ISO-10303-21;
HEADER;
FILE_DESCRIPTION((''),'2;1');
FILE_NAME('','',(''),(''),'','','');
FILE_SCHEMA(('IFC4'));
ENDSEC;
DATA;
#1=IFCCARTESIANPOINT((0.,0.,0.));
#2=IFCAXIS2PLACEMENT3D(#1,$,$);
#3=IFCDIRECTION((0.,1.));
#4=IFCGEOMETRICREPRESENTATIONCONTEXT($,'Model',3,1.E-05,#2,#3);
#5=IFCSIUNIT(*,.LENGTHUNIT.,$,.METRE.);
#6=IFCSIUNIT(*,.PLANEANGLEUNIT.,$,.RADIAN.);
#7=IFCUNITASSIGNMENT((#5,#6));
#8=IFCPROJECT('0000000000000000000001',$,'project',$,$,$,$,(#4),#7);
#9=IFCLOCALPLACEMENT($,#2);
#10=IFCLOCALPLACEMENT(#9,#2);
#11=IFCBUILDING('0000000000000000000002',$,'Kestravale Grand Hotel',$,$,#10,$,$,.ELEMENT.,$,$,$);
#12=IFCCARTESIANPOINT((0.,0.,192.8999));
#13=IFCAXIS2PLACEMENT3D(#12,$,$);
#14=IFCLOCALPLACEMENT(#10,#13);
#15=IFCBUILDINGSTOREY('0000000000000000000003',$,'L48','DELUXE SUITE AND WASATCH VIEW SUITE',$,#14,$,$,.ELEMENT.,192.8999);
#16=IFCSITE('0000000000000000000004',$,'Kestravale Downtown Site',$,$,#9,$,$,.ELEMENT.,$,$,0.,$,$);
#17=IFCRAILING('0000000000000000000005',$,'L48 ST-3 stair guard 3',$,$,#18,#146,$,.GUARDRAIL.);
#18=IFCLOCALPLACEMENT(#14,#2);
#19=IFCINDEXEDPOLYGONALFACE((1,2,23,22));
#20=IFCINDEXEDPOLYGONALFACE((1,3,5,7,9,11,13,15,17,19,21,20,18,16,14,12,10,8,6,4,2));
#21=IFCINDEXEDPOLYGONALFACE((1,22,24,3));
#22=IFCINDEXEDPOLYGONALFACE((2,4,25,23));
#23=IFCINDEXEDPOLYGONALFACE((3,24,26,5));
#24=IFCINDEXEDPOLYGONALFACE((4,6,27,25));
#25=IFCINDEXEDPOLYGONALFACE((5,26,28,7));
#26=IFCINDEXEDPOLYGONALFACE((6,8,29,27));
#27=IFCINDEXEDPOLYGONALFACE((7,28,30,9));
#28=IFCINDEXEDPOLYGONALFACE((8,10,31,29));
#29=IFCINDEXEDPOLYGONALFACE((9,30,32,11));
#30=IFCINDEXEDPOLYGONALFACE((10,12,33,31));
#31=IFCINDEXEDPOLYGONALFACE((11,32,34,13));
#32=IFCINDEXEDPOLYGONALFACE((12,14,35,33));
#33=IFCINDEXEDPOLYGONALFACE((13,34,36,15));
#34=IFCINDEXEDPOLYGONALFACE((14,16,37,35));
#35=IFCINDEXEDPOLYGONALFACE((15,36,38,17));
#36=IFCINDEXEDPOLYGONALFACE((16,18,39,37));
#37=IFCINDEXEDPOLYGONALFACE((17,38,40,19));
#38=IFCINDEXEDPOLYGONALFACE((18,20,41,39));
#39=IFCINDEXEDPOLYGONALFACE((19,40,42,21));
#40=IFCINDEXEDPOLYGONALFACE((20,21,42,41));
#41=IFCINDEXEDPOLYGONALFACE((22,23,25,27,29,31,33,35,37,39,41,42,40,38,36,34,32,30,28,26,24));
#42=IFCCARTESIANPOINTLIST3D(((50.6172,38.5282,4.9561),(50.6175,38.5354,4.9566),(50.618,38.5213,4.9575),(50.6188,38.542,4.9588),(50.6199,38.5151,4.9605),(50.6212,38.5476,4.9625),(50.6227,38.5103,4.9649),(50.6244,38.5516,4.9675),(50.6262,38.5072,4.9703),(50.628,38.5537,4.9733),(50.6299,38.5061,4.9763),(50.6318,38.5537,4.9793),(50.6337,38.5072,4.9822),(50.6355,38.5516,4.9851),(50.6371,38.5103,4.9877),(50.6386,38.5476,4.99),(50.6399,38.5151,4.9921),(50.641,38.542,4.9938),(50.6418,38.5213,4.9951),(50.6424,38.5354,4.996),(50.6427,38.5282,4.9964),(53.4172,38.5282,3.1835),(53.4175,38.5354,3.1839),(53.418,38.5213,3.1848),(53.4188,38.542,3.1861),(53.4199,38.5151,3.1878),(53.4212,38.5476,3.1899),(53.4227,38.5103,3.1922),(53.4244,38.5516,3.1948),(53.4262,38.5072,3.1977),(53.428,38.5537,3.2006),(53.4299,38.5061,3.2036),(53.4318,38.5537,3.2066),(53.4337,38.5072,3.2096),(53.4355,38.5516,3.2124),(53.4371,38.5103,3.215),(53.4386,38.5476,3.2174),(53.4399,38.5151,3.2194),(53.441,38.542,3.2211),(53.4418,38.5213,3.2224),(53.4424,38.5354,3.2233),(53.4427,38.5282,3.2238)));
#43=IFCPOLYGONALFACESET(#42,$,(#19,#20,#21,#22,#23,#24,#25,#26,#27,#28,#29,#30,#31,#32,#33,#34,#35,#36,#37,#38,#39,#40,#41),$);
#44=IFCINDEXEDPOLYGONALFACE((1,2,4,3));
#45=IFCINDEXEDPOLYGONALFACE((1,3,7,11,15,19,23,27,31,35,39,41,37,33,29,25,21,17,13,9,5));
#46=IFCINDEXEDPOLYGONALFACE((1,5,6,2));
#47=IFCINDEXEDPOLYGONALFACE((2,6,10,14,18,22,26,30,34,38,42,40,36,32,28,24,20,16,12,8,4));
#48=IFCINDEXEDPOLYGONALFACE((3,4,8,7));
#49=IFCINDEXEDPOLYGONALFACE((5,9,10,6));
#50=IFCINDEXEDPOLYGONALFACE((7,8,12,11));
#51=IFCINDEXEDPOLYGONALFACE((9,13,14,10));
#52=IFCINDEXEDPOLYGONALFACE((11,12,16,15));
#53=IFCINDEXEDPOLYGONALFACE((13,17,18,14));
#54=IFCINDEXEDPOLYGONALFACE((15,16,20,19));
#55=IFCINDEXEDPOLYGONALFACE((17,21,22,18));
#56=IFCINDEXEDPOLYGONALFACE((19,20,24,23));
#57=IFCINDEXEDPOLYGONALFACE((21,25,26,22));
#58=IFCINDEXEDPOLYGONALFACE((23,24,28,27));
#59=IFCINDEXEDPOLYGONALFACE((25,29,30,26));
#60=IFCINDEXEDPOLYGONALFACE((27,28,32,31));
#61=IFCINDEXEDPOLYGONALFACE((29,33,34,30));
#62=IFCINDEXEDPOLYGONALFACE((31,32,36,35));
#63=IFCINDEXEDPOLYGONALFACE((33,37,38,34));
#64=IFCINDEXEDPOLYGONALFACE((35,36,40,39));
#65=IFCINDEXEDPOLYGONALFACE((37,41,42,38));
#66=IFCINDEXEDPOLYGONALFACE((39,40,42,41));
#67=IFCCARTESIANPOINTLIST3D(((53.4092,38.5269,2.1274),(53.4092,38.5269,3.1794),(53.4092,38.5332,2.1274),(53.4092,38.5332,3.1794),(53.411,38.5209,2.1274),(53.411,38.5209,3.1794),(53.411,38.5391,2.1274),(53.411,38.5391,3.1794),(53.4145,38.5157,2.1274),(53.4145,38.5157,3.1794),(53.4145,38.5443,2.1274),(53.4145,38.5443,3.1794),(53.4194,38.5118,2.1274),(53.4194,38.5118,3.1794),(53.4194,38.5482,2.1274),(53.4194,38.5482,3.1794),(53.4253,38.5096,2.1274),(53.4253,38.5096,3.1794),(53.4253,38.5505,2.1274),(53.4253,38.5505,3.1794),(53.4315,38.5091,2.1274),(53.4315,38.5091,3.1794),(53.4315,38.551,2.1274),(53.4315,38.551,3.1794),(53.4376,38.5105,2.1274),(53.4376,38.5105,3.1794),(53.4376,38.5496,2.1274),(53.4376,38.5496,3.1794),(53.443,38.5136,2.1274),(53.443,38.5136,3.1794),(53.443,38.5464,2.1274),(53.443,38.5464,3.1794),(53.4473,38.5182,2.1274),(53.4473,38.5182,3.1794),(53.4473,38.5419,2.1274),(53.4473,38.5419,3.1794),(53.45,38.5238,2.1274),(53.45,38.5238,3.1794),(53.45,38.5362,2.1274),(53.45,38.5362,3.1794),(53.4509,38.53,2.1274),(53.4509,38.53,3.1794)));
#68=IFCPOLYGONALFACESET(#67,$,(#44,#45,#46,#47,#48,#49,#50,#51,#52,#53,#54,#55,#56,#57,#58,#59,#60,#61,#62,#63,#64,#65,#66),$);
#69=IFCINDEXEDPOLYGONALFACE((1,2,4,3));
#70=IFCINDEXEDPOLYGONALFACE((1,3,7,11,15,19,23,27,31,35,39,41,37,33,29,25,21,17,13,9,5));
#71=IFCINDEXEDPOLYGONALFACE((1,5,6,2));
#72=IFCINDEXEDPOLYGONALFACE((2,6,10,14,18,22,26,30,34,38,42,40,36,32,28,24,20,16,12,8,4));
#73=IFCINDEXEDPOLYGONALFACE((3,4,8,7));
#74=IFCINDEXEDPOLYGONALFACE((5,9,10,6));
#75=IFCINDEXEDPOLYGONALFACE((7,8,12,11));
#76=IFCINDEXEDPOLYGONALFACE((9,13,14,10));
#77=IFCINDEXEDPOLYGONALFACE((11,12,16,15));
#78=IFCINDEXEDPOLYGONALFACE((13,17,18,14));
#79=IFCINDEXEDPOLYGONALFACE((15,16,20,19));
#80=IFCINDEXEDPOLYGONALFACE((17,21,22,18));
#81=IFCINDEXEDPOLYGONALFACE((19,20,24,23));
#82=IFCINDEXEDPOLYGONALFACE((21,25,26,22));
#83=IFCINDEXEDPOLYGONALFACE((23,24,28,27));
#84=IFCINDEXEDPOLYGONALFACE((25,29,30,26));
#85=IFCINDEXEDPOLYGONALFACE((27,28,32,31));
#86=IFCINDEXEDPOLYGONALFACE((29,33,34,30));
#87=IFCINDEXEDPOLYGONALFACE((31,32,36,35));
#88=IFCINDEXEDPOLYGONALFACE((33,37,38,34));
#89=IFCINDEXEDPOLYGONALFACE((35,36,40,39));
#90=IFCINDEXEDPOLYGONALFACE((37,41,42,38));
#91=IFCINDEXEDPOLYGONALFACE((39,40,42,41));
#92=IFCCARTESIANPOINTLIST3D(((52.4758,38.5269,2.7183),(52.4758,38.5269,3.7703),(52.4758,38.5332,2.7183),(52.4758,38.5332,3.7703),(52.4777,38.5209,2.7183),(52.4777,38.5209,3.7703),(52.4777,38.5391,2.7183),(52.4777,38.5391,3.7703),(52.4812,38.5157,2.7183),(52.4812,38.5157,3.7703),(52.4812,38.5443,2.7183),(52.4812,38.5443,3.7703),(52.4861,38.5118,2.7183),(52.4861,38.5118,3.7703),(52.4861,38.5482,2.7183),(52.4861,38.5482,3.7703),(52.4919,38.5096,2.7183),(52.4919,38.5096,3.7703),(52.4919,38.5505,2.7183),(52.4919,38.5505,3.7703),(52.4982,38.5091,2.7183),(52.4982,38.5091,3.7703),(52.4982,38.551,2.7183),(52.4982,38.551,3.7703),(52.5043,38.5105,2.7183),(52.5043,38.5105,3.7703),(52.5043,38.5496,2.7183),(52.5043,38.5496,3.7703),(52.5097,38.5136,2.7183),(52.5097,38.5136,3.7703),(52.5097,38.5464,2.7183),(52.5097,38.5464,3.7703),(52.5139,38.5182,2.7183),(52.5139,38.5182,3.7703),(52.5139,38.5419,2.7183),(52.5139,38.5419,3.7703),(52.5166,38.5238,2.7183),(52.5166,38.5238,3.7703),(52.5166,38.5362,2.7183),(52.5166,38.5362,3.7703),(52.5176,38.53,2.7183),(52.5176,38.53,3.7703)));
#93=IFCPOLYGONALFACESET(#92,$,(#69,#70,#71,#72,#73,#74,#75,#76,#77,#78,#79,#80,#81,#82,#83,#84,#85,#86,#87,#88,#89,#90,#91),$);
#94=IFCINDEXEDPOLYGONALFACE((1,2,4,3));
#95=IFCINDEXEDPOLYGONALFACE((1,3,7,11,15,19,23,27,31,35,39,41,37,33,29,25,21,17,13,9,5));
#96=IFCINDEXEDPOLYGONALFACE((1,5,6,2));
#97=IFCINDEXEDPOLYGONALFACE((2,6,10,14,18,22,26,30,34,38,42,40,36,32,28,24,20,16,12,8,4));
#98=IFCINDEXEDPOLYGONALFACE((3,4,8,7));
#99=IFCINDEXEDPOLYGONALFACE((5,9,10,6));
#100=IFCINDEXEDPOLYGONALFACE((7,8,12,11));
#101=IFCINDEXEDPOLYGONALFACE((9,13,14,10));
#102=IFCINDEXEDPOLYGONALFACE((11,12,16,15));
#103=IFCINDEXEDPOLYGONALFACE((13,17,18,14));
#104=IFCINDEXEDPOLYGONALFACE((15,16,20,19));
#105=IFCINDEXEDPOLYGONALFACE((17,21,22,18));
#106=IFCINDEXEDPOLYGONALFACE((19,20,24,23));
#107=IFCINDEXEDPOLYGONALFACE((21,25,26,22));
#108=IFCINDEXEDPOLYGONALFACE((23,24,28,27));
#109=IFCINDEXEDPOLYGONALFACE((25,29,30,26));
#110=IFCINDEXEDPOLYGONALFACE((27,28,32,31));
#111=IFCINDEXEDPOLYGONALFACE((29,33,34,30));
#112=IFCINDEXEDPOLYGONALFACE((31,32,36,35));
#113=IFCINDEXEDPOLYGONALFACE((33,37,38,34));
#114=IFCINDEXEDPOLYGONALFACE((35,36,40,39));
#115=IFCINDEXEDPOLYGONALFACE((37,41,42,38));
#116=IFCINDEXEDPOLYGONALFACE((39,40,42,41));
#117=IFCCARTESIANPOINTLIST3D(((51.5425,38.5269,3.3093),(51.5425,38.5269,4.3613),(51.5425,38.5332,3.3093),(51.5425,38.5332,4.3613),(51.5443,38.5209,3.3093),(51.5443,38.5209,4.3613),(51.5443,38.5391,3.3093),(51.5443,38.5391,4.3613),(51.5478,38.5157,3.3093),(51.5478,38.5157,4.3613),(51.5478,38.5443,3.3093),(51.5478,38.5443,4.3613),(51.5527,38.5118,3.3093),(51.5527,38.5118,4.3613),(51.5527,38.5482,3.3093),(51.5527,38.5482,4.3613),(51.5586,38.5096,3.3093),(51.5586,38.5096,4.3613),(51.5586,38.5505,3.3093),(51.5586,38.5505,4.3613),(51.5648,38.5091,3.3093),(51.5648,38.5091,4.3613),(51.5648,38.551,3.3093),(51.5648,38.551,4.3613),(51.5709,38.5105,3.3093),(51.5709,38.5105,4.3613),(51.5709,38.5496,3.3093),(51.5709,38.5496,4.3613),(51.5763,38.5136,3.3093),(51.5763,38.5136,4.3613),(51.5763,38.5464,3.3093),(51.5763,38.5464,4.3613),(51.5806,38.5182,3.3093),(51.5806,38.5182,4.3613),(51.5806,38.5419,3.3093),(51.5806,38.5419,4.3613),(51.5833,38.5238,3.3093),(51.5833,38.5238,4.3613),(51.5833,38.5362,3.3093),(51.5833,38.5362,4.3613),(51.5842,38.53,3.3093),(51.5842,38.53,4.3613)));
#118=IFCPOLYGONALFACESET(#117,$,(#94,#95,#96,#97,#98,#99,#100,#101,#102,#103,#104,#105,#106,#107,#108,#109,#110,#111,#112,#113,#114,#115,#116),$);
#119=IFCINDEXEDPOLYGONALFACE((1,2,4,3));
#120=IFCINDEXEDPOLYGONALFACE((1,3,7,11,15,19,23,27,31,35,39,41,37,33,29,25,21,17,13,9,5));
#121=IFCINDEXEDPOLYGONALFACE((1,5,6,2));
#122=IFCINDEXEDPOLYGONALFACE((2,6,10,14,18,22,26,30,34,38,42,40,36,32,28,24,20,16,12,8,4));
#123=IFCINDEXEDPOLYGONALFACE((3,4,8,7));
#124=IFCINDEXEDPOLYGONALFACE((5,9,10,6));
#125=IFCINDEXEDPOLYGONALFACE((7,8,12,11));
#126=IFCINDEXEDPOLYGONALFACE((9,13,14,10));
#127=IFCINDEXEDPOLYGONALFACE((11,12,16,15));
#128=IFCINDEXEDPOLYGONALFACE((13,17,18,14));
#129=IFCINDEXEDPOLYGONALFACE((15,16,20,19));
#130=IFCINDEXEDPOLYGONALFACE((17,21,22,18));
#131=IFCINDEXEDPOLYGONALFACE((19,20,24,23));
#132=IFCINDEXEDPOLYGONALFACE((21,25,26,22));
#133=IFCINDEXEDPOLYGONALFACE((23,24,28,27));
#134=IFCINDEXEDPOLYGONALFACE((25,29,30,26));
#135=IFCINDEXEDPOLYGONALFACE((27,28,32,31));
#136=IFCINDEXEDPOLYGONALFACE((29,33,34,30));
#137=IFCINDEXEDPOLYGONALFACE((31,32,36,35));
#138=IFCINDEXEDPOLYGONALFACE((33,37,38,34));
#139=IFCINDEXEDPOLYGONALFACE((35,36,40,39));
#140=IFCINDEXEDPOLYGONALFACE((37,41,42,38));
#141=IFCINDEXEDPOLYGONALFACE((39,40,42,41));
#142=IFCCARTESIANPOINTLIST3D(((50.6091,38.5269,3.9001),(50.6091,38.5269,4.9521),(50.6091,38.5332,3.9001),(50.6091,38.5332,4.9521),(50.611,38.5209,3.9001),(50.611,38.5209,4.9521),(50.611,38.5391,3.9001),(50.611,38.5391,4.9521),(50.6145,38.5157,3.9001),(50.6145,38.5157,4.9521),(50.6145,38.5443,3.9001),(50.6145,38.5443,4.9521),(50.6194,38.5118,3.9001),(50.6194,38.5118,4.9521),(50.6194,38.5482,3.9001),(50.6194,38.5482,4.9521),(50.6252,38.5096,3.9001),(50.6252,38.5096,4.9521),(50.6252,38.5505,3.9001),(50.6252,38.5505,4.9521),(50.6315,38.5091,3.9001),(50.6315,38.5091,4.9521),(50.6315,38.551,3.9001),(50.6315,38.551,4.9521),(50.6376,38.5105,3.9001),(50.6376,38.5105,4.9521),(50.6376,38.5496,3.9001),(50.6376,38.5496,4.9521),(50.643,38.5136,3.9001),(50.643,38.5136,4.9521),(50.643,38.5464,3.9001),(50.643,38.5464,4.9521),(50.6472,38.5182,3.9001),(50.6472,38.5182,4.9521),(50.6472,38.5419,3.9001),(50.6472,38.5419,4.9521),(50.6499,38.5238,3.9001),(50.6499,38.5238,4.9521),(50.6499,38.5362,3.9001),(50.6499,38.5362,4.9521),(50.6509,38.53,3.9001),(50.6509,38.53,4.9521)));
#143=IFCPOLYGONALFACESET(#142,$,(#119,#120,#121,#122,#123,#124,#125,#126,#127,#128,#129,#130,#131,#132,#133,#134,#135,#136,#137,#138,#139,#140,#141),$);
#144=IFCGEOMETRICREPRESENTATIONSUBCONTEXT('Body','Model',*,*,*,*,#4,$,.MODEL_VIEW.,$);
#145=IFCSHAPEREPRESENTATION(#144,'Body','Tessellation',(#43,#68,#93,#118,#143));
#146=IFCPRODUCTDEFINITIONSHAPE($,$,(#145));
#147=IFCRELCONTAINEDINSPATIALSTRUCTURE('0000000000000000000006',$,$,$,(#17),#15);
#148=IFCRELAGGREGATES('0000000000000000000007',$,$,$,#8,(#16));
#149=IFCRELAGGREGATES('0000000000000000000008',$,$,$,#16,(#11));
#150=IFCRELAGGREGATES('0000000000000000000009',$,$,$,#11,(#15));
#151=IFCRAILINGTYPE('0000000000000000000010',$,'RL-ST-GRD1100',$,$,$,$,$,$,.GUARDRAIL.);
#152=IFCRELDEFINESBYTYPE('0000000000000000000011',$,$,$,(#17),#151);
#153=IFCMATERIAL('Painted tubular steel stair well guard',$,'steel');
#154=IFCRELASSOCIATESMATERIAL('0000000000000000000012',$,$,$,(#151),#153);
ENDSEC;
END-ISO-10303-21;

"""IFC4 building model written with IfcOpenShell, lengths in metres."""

from ifc_helpers import new_model, si_unit, direction, frame, origin, origin_2d, place, context, subcontext, project, spatial, circle, extrude, material, type_object, element, save


model = new_model("IFC4")

# Units and contexts
model_context = context("Model", 3, precision=1e-05, world=origin(), true_north=direction((0.0, 1.0)))
body_context = subcontext(model_context, "Body", "Model", "MODEL_VIEW")
ifc_project = project(units=[si_unit("LENGTHUNIT", "METRE"), si_unit("PLANEANGLEUNIT", "RADIAN")], contexts=[model_context])

# Site, building, storey
site_placement = place(None, origin())
site = spatial("IfcSite", under=ifc_project, at=site_placement, Name="Kestravale Downtown Site", CompositionType="ELEMENT", RefElevation=0.0)
building_placement = place(site_placement, origin())
building = spatial("IfcBuilding", under=site, at=building_placement, Name="Kestravale Grand Hotel", CompositionType="ELEMENT")
storey_placement = place(building_placement, frame((0.0, 0.0, 192.8999)))
storey = spatial("IfcBuildingStorey", under=building, at=storey_placement, Name="L48", Description="DELUXE SUITE AND WASATCH VIEW SUITE", CompositionType="ELEMENT", Elevation=192.8999)

# Railing
ifc_material_1 = material(Name="Painted tubular steel stair well guard", Category="steel")
railing_type_1 = type_object("IfcRailingType", Name="RL-ST-GRD1100", PredefinedType="GUARDRAIL", material=ifc_material_1)
railing_1_placement = place(storey_placement, frame((53.4299, 38.53, 2.1274)))
element("IfcRailing", 1, at=railing_1_placement, inside=storey, type_object=railing_type_1, Name="L48 ST-3 stair guard 3", PredefinedType="GUARDRAIL", context=body_context, shape_type="SweptSolid", body=[
    extrude(circle(Radius=0.0239, at=origin_2d()), frame((0.0, 0.0, 1.0762), z_axis=(-0.844909, 0.0, 0.53491), x_axis=(0.0, -1.0, 0.0)), (0.0, 0.0, 1.0), 3.314),
    extrude(circle(Radius=0.021, at=origin_2d()), origin(), (0.0, 0.0, 1.0), 1.052),
    extrude(circle(Radius=0.021, at=origin_2d()), frame((-0.9333, 0.0, 0.5908)), (0.0, 0.0, 1.0), 1.052),
    extrude(circle(Radius=0.021, at=origin_2d()), frame((-1.8667, 0.0, 1.1819)), (0.0, 0.0, 1.0), 1.052),
    extrude(circle(Radius=0.021, at=origin_2d()), frame((-2.8, 0.0, 1.7727)), (0.0, 0.0, 1.0), 1.052),
])

save(model, "model.ifc")
